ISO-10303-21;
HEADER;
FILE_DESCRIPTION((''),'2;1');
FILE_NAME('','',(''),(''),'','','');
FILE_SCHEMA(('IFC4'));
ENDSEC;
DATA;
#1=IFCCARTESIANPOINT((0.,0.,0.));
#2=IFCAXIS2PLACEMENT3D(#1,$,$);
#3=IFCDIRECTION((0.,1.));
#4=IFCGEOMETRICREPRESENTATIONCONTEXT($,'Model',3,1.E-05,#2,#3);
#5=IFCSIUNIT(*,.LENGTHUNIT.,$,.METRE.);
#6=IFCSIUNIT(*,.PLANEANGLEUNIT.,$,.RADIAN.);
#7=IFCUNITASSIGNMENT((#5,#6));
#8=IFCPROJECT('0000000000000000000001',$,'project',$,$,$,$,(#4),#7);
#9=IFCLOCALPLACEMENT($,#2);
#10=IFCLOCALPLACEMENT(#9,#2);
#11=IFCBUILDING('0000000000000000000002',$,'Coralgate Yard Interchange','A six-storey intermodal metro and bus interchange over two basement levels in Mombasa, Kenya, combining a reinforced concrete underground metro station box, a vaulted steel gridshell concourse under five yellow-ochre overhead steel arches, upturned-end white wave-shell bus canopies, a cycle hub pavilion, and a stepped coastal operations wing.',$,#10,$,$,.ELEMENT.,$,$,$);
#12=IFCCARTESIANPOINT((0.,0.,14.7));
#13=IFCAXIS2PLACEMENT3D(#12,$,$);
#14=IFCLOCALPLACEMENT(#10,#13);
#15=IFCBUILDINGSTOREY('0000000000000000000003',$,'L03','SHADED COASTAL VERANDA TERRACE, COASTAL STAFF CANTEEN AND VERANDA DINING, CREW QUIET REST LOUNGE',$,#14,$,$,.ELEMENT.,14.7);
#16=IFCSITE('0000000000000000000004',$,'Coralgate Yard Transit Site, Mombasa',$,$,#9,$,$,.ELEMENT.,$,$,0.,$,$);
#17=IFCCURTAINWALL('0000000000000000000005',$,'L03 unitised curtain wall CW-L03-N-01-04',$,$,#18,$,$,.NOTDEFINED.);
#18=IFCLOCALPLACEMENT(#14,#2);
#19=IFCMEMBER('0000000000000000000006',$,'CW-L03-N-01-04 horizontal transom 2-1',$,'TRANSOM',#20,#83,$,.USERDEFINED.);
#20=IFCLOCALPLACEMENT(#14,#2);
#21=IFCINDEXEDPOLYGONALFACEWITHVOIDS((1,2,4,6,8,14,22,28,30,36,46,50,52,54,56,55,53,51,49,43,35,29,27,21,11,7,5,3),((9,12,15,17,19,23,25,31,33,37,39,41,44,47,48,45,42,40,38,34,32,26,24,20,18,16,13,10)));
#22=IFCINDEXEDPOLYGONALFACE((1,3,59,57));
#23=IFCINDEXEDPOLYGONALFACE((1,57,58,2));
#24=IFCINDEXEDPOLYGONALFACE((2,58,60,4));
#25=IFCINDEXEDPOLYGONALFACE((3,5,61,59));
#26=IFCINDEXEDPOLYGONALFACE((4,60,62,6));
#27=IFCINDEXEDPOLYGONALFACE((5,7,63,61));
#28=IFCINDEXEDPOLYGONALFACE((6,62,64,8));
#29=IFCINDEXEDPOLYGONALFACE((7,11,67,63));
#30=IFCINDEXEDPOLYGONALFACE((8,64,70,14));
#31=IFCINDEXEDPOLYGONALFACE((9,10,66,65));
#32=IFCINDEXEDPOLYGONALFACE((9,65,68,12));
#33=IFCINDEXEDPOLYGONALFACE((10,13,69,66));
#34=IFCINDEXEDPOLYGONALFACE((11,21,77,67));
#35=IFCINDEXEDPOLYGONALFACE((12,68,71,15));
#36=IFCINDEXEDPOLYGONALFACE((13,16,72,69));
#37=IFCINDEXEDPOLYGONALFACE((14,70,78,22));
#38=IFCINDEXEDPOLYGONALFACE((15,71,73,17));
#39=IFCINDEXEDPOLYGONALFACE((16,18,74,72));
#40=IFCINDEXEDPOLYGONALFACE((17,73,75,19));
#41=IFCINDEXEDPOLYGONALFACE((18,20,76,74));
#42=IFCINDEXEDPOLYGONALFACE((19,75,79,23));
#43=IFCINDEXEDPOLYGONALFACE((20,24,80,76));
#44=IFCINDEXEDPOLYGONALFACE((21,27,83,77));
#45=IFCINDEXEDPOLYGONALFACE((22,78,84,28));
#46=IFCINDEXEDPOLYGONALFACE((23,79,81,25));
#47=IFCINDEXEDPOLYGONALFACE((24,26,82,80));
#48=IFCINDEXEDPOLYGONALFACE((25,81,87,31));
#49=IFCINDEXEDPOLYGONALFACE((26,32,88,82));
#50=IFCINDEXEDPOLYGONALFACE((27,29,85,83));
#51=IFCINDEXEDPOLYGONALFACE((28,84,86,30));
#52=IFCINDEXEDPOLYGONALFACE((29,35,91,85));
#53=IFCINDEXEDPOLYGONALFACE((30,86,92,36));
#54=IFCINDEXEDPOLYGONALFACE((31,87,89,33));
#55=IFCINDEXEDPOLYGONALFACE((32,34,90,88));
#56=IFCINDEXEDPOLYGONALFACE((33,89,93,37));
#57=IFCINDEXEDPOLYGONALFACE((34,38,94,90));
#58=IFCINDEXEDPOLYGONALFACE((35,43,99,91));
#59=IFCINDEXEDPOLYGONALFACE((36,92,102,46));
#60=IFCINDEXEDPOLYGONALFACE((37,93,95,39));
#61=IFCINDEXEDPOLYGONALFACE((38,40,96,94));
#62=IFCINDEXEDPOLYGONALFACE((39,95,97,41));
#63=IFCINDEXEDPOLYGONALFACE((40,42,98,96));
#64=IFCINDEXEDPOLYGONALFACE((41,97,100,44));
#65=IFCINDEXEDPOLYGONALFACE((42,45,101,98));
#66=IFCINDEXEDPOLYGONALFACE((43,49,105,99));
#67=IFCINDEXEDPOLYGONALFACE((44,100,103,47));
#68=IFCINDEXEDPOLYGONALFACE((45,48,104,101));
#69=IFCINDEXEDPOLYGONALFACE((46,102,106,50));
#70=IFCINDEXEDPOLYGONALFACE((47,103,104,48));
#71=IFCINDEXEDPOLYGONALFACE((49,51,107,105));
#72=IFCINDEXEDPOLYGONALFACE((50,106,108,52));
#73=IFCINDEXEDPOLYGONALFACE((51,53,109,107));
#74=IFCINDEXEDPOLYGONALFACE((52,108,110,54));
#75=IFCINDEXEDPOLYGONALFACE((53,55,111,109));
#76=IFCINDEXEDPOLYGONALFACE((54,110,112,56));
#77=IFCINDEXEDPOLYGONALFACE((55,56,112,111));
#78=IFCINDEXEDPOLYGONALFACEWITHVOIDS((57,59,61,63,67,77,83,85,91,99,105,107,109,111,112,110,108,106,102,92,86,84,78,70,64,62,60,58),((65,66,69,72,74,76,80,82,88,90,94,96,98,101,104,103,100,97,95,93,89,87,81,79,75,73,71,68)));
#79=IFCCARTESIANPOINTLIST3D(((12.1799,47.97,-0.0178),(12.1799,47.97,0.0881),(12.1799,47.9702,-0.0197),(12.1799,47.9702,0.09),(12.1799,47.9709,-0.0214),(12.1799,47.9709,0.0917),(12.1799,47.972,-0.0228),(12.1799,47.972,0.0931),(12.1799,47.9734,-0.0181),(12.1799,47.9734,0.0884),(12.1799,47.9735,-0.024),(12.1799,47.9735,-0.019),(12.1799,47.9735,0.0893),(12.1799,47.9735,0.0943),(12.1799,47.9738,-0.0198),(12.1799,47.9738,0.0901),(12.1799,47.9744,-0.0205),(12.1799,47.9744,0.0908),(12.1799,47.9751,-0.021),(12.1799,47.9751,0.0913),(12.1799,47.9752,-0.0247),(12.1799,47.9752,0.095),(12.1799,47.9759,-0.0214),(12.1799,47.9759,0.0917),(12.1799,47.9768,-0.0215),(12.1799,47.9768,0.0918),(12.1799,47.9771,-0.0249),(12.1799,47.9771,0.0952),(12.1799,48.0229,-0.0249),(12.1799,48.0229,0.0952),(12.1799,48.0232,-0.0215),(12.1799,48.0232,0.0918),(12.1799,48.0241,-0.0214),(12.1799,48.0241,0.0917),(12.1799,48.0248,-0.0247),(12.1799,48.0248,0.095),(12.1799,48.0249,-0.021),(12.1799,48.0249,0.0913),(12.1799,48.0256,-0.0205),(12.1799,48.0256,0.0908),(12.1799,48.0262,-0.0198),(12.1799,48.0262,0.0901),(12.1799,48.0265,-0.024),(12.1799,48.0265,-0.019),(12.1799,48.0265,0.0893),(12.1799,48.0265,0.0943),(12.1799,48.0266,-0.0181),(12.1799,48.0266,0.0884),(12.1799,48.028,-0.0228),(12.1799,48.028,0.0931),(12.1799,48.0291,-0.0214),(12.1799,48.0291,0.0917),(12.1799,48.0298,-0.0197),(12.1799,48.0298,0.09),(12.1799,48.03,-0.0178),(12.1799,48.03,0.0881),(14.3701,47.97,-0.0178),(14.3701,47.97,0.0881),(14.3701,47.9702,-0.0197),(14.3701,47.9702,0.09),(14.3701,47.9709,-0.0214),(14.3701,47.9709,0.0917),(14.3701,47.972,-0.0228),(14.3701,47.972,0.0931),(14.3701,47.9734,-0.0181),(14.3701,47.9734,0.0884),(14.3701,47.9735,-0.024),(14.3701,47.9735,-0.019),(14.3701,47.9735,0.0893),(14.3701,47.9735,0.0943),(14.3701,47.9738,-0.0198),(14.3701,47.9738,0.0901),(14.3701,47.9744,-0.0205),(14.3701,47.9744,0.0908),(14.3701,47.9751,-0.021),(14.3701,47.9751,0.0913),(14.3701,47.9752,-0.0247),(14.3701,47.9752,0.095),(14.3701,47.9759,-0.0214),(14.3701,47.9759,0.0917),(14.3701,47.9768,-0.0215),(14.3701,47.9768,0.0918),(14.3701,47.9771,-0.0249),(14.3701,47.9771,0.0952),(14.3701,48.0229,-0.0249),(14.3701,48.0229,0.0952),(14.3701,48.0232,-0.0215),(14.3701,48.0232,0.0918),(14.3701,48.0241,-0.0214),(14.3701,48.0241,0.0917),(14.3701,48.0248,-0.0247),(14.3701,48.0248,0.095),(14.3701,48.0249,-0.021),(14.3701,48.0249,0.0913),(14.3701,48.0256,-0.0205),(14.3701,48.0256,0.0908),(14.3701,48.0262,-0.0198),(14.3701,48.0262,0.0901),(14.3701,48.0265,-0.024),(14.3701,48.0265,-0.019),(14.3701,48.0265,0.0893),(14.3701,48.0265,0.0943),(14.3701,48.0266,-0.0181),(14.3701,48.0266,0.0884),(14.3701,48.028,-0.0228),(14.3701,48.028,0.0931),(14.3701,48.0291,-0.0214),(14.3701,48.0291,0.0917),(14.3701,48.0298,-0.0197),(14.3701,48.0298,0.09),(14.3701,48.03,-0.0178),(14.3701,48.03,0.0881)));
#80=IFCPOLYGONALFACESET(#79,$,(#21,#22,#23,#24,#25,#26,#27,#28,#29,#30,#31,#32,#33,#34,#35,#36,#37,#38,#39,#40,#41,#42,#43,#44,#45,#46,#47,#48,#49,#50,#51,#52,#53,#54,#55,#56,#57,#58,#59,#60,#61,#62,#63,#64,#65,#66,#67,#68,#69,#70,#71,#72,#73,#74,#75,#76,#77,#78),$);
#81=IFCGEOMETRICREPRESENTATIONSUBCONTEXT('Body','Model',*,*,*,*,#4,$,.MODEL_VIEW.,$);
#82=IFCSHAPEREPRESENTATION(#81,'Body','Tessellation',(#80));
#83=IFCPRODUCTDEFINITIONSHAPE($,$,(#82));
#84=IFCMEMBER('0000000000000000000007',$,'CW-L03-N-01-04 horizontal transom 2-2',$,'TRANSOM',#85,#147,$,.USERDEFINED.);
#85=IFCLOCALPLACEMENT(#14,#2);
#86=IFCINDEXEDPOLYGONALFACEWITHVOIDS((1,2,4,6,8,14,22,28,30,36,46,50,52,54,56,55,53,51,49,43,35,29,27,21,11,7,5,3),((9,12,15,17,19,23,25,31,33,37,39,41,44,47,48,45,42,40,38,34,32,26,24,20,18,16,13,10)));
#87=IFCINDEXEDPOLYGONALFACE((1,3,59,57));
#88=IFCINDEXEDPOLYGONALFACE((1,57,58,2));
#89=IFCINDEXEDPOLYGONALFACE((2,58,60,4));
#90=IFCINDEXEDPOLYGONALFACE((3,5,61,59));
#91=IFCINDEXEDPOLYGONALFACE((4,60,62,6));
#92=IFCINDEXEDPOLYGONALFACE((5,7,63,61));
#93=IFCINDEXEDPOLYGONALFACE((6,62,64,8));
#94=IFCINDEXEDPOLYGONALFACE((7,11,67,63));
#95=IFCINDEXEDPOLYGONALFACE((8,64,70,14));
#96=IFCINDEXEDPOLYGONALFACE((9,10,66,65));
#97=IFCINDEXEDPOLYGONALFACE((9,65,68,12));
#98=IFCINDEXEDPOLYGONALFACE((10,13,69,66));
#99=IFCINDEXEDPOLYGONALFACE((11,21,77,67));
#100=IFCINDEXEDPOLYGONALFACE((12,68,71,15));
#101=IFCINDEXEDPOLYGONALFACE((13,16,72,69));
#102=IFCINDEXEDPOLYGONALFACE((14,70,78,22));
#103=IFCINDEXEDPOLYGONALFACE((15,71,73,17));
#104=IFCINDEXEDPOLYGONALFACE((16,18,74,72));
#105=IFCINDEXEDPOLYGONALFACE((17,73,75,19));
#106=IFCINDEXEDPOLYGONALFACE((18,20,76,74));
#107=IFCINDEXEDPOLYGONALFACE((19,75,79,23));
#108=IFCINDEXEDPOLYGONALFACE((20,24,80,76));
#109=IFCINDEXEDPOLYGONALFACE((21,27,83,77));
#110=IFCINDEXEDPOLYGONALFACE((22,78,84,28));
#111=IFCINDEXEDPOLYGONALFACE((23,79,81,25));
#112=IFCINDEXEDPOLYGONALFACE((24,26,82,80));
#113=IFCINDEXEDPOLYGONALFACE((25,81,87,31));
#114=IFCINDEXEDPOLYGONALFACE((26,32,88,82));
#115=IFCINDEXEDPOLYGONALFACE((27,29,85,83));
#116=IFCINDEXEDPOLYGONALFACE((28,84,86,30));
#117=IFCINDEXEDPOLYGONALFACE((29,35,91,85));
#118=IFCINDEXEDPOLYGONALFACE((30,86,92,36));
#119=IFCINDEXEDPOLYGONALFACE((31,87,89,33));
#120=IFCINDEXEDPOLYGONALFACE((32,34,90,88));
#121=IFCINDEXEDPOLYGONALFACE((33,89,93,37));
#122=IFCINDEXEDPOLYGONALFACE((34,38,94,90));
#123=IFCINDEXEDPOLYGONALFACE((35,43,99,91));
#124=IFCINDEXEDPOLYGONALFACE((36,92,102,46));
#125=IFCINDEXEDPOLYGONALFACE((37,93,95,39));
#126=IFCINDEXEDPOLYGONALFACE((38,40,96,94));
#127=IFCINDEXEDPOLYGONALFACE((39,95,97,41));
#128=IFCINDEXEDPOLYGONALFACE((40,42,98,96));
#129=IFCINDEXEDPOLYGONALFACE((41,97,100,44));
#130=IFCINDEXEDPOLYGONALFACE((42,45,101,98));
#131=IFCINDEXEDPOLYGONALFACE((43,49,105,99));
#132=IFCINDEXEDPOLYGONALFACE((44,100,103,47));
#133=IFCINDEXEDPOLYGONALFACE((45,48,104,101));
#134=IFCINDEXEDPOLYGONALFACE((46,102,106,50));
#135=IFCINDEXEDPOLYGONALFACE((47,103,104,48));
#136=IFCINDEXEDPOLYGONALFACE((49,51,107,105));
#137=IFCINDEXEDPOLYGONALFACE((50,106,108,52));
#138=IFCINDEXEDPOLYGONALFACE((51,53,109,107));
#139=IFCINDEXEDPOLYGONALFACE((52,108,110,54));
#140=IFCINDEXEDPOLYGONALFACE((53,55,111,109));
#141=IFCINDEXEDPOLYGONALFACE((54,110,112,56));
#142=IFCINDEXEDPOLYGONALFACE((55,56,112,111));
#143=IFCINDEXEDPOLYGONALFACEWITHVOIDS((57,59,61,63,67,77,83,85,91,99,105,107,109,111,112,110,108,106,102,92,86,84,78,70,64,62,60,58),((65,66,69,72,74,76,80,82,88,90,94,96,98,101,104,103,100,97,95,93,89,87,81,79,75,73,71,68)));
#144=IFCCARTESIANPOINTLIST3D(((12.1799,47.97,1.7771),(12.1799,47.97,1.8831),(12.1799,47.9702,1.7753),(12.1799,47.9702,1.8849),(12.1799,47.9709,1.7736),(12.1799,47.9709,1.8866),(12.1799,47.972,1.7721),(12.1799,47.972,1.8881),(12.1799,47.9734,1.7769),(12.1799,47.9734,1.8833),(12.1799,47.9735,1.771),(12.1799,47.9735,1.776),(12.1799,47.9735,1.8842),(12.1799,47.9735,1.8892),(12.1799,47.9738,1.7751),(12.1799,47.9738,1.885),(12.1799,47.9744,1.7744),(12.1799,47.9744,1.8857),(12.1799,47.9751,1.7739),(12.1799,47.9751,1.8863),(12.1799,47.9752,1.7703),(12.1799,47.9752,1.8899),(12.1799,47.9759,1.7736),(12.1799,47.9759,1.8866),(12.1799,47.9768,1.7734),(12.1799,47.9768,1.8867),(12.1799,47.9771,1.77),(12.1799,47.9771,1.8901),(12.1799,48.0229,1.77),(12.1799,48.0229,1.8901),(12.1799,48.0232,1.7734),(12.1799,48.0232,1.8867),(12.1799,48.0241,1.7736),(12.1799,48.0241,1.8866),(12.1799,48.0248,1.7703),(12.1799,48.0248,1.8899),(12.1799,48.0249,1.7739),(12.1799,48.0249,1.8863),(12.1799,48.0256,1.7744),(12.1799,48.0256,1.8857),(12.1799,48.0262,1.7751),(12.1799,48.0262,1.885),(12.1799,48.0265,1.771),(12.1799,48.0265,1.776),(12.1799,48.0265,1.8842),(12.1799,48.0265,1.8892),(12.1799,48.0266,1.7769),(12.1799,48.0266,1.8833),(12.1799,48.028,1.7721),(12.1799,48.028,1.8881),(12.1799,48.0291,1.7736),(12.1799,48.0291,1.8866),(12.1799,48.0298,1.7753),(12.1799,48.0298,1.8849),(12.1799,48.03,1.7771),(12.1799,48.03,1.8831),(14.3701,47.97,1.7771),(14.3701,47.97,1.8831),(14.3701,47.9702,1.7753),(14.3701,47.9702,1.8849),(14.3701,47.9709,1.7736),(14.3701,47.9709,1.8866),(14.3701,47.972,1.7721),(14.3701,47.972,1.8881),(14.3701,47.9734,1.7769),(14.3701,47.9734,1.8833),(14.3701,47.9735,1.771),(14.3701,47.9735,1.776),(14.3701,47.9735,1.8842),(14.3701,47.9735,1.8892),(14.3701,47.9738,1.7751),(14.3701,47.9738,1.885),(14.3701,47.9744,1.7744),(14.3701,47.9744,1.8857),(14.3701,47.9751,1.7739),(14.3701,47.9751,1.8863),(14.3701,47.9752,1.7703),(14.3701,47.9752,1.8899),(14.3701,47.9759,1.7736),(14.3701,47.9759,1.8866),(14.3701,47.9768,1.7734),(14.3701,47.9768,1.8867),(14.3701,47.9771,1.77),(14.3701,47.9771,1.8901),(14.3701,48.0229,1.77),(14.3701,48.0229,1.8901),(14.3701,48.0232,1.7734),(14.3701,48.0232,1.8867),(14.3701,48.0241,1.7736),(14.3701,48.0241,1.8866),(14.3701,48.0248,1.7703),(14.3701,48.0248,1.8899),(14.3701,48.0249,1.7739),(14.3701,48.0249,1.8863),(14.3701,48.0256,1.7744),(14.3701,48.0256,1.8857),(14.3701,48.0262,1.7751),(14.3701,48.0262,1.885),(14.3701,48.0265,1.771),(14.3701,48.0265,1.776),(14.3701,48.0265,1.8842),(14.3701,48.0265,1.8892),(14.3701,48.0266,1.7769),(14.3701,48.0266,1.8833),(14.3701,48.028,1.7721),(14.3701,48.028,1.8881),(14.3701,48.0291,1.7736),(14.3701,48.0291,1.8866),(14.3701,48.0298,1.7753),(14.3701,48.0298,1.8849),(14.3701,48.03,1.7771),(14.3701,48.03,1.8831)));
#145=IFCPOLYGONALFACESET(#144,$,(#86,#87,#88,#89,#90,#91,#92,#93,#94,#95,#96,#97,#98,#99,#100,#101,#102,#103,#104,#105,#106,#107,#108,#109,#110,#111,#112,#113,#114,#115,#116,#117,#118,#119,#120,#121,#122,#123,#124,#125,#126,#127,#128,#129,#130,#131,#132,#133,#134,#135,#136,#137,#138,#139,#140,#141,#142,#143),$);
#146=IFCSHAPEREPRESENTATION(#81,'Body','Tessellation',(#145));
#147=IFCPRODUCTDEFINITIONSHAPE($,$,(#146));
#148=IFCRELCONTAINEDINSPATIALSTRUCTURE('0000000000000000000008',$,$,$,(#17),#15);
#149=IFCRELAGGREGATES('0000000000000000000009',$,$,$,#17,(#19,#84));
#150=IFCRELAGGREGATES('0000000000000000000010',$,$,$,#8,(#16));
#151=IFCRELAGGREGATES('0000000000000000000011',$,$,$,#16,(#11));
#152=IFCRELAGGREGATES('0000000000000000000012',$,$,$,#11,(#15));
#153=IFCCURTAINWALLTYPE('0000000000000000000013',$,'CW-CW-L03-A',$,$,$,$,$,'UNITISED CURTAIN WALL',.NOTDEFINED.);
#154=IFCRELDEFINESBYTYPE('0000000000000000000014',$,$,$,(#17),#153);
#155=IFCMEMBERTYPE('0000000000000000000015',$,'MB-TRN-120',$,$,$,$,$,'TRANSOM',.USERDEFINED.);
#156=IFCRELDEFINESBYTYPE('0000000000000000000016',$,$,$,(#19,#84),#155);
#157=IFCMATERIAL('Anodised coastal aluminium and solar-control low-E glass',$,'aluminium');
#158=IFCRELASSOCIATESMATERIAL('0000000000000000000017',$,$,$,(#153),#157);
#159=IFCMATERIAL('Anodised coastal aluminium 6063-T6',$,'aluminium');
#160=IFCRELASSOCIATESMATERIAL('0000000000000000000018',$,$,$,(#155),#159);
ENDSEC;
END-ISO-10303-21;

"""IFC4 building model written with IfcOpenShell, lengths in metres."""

from ifc_helpers import new_model, si_unit, direction, frame, origin, origin_2d, place, context, subcontext, project, spatial, hollow_rectangle, extrude, material, material_profile, profile_set, type_object, element, aggregate, save


model = new_model("IFC4")

# Units and contexts
model_context = context("Model", 3, precision=1e-05, world=origin(), true_north=direction((0.0, 1.0)))
body_context = subcontext(model_context, "Body", "Model", "MODEL_VIEW")
ifc_project = project(units=[si_unit("LENGTHUNIT", "METRE"), si_unit("PLANEANGLEUNIT", "RADIAN")], contexts=[model_context])

# Site, building, storey
site_placement = place(None, origin())
site = spatial("IfcSite", under=ifc_project, at=site_placement, Name="Coralgate Yard Transit Site, Mombasa", CompositionType="ELEMENT", RefElevation=0.0)
building_placement = place(site_placement, origin())
building = spatial("IfcBuilding", under=site, at=building_placement, Name="Coralgate Yard Interchange", Description="A six-storey intermodal metro and bus interchange over two basement levels in Mombasa, Kenya, combining a reinforced concrete underground metro station box, a vaulted steel gridshell concourse under five yellow-ochre overhead steel arches, upturned-end white wave-shell bus canopies, a cycle hub pavilion, and a stepped coastal operations wing.", CompositionType="ELEMENT")
storey_placement = place(building_placement, frame((0.0, 0.0, 14.7)))
storey = spatial("IfcBuildingStorey", under=building, at=storey_placement, Name="L03", Description="SHADED COASTAL VERANDA TERRACE, COASTAL STAFF CANTEEN AND VERANDA DINING, CREW QUIET REST LOUNGE", CompositionType="ELEMENT", Elevation=14.7)

# Curtain wall, members
ifc_material_1 = material(Name="Anodised coastal aluminium and solar-control low-E glass", Category="aluminium")
curtain_wall_type = type_object("IfcCurtainWallType", Name="CW-CW-L03-A", ElementType="UNITISED CURTAIN WALL", PredefinedType="NOTDEFINED", material=ifc_material_1)
curtain_wall_placement = place(storey_placement, origin())
curtain_wall = element("IfcCurtainWall", 1, at=curtain_wall_placement, inside=storey, type_object=curtain_wall_type, Name="L03 unitised curtain wall CW-L03-N-01-04", PredefinedType="NOTDEFINED")
ifc_material_2 = material(Name="Anodised coastal aluminium 6063-T6", Category="aluminium")
ifc_material_profile_1 = material_profile(ifc_material_2, hollow_rectangle(XDim=0.0601, YDim=0.1201, WallThickness=0.0034, InnerFilletRadius=0.0034, OuterFilletRadius=0.0071, at=origin_2d()), Name="ALU 60x120x3.5")
ifc_profile_set_1 = profile_set([ifc_material_profile_1], Name="Anodised coastal aluminium 6063-T6")
member_type_1 = type_object("IfcMemberType", Name="MB-TRN-120", ElementType="TRANSOM", PredefinedType="USERDEFINED", material=ifc_profile_set_1)
member_1_placement = place(storey_placement, frame((12.1799, 48.0, 0.0352), z_axis=(1.0, 0.0, 0.0), x_axis=(0.0, 1.0, 0.0)))
member_1 = element("IfcMember", 2, at=member_1_placement, type_object=member_type_1, Name="CW-L03-N-01-04 horizontal transom 2-1", ObjectType="TRANSOM", PredefinedType="USERDEFINED", context=body_context, shape_type="SweptSolid", body=[
    extrude(hollow_rectangle(XDim=0.0601, YDim=0.1201, WallThickness=0.0034, InnerFilletRadius=0.0034, OuterFilletRadius=0.0071, at=origin_2d()), origin(), (0.0, 0.0, 1.0), 2.1902),
])
member_2_placement = place(storey_placement, frame((12.1799, 48.0, 1.8301), z_axis=(1.0, 0.0, 0.0), x_axis=(0.0, 1.0, 0.0)))
member_2 = element("IfcMember", 3, at=member_2_placement, type_object=member_type_1, Name="CW-L03-N-01-04 horizontal transom 2-2", ObjectType="TRANSOM", PredefinedType="USERDEFINED", context=body_context, shape_type="SweptSolid", body=[
    extrude(hollow_rectangle(XDim=0.0601, YDim=0.1201, WallThickness=0.0034, InnerFilletRadius=0.0034, OuterFilletRadius=0.0071, at=origin_2d()), origin(), (0.0, 0.0, 1.0), 2.1902),
])
aggregate(curtain_wall, [member_1, member_2])

save(model, "model.ifc")
